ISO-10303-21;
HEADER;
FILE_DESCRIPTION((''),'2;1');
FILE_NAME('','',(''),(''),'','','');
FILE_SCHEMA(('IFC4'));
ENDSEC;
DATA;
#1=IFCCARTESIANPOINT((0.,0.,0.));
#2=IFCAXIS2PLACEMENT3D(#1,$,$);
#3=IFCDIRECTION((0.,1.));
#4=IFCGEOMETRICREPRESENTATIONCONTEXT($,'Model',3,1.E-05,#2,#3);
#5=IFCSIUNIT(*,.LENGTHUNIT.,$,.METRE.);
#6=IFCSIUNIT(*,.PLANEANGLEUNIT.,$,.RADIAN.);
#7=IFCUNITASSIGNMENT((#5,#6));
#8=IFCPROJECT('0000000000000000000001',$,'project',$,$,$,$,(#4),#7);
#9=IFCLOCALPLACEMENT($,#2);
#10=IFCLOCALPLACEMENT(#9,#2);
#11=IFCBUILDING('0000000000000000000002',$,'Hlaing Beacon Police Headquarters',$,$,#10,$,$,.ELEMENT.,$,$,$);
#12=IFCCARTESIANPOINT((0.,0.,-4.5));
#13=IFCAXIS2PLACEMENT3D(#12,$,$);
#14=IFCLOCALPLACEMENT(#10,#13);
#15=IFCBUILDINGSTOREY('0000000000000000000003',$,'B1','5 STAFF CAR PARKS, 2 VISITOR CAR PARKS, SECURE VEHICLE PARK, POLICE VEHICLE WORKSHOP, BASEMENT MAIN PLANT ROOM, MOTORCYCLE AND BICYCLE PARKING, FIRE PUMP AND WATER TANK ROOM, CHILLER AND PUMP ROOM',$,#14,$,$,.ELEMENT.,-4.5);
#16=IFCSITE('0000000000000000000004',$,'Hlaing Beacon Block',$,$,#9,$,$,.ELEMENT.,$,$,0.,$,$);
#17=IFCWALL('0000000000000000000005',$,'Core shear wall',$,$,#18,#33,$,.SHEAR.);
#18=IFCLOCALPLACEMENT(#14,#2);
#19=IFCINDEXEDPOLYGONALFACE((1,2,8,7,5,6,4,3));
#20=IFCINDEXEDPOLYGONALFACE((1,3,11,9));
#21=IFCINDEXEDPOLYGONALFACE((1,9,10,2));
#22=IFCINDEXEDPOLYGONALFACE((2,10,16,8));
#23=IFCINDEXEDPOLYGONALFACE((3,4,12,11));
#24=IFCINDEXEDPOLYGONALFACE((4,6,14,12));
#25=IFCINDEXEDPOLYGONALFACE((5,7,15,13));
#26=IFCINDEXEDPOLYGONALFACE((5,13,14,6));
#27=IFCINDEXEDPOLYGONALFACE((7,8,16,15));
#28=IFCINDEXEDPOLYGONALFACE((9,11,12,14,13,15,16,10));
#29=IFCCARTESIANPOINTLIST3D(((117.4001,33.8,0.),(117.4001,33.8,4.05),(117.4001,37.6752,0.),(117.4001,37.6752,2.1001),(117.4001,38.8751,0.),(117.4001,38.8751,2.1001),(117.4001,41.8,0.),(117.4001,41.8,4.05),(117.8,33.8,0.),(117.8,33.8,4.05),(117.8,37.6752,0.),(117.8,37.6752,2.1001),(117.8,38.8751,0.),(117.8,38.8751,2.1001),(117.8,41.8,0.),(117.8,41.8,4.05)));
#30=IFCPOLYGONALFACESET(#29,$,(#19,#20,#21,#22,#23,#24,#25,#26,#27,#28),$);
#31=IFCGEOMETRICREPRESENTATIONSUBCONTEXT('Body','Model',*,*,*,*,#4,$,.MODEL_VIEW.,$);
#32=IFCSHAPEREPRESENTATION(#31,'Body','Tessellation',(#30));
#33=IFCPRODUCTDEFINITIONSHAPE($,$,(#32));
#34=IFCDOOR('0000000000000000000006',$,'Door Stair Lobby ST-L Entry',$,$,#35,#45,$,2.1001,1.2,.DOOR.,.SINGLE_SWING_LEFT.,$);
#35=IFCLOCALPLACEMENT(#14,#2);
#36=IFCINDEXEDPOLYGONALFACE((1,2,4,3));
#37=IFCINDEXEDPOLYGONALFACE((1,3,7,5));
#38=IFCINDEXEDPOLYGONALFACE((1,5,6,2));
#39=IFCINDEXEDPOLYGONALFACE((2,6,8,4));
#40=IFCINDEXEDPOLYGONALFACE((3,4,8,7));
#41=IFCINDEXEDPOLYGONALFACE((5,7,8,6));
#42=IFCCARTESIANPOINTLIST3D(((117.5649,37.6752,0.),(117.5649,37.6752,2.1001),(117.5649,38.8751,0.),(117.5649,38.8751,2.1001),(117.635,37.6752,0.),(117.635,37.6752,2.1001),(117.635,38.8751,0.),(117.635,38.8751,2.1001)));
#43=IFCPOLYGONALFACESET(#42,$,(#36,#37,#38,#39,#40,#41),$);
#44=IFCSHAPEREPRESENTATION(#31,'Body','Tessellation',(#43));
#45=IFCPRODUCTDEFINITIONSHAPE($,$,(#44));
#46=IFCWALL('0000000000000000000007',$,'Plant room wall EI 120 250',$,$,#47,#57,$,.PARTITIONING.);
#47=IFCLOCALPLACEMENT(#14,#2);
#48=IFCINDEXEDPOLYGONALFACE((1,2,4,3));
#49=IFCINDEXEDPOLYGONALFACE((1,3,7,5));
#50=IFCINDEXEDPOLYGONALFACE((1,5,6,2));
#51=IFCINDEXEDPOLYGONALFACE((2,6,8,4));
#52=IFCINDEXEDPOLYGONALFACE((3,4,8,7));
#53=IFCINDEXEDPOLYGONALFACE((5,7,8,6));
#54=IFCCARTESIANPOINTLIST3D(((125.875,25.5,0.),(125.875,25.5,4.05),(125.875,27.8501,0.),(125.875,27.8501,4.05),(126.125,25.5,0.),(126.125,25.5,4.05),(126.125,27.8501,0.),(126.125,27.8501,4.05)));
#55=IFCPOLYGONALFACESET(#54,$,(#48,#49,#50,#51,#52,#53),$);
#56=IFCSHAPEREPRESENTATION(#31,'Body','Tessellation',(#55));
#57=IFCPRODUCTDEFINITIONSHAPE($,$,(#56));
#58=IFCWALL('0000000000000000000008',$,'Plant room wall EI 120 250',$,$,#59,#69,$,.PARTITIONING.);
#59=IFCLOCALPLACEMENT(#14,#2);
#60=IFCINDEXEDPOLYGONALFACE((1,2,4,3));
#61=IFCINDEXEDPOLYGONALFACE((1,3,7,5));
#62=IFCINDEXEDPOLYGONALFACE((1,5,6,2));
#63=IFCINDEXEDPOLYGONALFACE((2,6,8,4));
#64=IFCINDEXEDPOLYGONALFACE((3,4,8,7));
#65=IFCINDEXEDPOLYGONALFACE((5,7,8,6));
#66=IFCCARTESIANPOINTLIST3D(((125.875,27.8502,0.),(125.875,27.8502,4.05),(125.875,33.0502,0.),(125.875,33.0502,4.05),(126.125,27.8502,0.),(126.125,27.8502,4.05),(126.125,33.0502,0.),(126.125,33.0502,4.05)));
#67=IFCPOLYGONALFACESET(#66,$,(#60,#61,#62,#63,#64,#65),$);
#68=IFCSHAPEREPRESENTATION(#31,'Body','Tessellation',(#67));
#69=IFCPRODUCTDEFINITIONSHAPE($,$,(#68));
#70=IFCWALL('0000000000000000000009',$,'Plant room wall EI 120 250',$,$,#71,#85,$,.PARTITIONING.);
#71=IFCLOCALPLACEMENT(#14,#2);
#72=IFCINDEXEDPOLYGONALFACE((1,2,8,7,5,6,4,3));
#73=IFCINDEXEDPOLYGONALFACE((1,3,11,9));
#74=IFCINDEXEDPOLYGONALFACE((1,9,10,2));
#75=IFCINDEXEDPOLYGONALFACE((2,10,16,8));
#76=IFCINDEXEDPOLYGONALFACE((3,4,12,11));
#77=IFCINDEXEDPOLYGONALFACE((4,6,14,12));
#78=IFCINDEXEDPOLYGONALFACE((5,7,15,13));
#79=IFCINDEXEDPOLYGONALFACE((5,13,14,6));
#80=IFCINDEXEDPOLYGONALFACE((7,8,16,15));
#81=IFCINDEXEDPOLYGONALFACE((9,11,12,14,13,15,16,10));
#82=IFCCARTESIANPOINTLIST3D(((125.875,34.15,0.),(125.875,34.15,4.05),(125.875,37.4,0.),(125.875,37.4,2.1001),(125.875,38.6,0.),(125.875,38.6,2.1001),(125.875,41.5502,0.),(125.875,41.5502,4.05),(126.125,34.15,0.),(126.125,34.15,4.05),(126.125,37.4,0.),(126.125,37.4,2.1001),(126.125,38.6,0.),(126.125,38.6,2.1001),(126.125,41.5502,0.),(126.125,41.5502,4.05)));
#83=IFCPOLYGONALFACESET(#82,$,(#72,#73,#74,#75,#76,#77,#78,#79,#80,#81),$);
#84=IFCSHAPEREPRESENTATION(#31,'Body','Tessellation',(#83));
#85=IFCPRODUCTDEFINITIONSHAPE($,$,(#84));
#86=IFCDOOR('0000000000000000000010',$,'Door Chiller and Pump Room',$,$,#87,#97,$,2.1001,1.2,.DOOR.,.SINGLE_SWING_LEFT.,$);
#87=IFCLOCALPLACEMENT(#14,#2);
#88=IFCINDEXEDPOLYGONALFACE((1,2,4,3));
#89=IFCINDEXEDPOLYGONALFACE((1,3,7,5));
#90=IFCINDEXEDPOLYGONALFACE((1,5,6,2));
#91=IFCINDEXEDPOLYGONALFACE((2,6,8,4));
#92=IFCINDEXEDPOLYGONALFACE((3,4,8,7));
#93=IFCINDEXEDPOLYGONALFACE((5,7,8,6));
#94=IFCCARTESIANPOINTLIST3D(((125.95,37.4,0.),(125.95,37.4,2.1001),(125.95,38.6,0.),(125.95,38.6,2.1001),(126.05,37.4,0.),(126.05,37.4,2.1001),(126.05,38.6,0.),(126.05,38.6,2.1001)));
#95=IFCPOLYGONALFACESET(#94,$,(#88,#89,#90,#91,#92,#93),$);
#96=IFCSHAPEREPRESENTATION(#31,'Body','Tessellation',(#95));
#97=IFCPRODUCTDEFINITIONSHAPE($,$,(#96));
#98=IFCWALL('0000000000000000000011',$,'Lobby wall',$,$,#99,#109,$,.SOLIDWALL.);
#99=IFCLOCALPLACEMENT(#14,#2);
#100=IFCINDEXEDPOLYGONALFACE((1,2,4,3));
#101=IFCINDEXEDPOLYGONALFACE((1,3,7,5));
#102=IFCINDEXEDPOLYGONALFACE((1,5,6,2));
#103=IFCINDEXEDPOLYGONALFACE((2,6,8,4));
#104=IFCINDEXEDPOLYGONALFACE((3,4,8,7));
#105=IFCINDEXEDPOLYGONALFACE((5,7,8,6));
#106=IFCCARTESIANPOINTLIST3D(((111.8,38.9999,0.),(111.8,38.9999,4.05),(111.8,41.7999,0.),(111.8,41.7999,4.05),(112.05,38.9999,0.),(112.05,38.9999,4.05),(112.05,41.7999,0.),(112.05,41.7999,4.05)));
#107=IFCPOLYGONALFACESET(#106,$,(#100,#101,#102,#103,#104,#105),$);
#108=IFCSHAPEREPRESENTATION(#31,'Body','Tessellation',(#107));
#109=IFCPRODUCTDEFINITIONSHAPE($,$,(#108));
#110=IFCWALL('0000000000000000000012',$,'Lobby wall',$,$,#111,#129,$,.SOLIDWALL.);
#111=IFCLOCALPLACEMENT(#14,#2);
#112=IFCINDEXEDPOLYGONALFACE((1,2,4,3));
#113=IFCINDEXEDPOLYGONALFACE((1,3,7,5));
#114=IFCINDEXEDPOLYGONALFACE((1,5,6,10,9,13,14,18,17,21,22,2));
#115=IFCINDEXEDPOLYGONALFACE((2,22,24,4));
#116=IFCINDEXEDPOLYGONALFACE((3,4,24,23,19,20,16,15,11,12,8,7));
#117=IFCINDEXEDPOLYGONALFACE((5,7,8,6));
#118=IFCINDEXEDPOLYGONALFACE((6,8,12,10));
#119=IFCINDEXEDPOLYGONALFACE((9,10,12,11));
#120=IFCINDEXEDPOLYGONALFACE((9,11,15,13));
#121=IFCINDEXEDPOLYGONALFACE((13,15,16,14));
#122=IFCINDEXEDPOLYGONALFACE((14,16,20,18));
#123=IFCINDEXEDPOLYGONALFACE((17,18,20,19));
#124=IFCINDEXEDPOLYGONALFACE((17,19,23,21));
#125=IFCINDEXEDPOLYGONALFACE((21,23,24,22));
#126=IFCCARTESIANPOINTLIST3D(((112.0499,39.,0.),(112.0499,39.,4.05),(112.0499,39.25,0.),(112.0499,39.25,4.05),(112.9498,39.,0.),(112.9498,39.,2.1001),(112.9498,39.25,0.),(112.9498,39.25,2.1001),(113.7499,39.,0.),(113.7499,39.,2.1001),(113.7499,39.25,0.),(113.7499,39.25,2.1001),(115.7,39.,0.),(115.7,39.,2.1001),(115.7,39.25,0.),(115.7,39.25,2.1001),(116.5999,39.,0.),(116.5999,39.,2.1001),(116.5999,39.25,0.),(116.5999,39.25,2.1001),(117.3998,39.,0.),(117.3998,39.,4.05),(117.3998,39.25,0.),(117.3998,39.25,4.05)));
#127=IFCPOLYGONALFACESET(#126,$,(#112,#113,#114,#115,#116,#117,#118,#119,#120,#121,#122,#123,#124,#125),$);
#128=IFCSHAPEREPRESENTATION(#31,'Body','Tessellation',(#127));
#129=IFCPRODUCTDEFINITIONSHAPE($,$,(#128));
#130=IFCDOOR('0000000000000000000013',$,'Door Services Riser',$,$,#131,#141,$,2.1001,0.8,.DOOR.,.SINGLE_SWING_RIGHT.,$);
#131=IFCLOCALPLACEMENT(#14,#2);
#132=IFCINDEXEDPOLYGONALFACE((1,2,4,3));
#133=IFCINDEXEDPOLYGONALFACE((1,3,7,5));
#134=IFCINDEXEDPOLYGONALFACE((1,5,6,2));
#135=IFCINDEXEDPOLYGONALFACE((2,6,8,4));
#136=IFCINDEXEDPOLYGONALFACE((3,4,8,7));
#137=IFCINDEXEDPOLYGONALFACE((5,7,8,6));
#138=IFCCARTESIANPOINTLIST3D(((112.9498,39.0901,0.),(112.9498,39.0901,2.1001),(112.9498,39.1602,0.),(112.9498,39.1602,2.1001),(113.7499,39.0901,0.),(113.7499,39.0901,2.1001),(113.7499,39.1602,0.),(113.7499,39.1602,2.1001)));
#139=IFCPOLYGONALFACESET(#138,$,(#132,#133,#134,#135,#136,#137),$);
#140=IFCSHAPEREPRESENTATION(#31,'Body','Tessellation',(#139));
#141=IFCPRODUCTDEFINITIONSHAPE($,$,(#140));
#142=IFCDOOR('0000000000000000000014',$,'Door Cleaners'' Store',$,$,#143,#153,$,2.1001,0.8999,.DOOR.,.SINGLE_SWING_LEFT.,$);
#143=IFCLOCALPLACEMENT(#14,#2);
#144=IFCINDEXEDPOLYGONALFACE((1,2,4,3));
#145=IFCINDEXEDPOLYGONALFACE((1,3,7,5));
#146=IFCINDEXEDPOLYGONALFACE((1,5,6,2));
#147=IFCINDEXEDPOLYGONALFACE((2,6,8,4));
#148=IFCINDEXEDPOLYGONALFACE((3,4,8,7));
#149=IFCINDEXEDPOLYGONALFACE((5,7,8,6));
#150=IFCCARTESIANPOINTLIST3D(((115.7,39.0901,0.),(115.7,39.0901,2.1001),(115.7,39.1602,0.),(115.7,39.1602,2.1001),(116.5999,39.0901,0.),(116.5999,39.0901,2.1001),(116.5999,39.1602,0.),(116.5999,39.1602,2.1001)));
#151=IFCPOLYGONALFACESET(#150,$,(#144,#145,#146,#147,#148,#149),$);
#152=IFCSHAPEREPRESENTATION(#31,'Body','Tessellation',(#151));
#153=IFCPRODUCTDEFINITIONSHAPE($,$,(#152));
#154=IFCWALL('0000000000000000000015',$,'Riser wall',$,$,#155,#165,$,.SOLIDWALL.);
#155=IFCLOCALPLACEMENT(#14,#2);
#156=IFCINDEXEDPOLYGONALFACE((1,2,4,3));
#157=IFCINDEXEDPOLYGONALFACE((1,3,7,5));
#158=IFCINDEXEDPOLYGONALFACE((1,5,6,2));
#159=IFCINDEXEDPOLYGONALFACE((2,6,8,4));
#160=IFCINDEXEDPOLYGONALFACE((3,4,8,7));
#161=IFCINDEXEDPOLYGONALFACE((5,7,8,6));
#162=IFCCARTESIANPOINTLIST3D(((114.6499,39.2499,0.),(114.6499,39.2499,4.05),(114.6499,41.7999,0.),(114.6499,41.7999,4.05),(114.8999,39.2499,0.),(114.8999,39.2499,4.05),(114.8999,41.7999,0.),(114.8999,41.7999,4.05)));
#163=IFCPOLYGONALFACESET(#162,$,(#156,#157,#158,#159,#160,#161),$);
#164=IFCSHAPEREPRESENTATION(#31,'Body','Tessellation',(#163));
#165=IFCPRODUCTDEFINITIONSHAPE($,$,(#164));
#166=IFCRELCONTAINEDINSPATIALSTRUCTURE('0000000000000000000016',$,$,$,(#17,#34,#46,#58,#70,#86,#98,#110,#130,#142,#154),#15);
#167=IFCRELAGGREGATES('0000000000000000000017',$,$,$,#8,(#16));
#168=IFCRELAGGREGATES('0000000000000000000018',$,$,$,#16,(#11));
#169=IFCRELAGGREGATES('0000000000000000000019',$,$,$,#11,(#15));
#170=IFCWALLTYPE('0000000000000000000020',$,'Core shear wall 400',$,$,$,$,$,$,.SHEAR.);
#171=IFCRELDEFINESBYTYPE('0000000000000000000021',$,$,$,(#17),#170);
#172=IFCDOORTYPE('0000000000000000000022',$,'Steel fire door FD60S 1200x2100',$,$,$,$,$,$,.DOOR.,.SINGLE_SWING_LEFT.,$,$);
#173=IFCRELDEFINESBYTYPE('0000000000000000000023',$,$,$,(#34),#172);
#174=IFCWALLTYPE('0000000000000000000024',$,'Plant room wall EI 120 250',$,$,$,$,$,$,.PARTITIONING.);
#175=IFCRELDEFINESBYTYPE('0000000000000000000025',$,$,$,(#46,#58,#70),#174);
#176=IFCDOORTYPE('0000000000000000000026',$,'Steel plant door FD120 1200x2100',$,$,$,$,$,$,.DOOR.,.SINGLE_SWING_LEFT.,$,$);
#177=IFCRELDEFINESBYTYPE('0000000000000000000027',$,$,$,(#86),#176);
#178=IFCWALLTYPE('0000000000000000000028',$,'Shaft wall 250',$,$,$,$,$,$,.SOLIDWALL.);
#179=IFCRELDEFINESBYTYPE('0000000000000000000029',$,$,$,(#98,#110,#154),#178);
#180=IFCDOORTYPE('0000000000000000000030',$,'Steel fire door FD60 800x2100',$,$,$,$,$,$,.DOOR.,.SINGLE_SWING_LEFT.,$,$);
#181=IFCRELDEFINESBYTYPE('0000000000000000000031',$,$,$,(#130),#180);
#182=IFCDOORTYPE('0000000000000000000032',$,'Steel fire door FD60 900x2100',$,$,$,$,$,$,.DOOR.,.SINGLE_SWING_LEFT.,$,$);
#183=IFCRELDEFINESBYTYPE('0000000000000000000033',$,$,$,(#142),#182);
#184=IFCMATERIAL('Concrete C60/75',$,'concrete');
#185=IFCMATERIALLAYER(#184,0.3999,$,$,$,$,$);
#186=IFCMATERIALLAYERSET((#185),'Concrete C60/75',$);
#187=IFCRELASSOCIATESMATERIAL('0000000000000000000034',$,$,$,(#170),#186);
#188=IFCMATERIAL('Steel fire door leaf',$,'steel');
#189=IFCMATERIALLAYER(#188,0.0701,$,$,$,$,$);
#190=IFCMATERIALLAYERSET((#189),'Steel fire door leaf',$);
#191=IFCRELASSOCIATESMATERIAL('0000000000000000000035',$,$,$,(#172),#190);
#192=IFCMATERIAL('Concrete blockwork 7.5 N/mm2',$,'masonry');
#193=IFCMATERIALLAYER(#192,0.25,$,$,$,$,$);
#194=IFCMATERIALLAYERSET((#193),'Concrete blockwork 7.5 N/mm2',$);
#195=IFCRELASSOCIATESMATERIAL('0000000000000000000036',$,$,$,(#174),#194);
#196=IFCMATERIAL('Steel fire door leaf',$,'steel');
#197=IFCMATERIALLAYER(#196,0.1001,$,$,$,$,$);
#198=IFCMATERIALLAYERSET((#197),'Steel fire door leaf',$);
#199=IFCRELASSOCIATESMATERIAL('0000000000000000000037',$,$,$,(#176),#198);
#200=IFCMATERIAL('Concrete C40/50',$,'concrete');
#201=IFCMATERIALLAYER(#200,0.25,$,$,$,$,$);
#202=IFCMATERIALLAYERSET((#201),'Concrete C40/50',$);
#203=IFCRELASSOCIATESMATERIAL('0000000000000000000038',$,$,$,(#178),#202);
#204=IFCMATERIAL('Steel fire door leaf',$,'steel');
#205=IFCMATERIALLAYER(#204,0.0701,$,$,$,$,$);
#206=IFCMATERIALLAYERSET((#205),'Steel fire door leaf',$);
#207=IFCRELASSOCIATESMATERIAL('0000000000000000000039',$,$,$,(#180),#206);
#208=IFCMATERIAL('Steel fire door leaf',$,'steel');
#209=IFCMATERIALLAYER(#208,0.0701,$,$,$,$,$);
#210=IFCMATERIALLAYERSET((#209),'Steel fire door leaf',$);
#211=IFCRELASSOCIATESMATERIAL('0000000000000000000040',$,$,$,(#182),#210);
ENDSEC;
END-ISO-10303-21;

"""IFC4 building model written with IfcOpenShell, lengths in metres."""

from ifc_helpers import new_model, si_unit, direction, frame, frame_2d, origin, place, context, subcontext, project, spatial, rectangle, extrude, material, layer, layer_set, type_object, element, fill, save


model = new_model("IFC4")

# Units and contexts
model_context = context("Model", 3, precision=1e-05, world=origin(), true_north=direction((0.0, 1.0)))
body_context = subcontext(model_context, "Body", "Model", "MODEL_VIEW")
ifc_project = project(units=[si_unit("LENGTHUNIT", "METRE"), si_unit("PLANEANGLEUNIT", "RADIAN")], contexts=[model_context])

# Site, building, storey
site_placement = place(None, origin())
site = spatial("IfcSite", under=ifc_project, at=site_placement, Name="Hlaing Beacon Block", CompositionType="ELEMENT", RefElevation=0.0)
building_placement = place(site_placement, origin())
building = spatial("IfcBuilding", under=site, at=building_placement, Name="Hlaing Beacon Police Headquarters", CompositionType="ELEMENT")
storey_placement = place(building_placement, frame((0.0, 0.0, -4.5)))
storey = spatial("IfcBuildingStorey", under=building, at=storey_placement, Name="B1", Description="5 STAFF CAR PARKS, 2 VISITOR CAR PARKS, SECURE VEHICLE PARK, POLICE VEHICLE WORKSHOP, BASEMENT MAIN PLANT ROOM, MOTORCYCLE AND BICYCLE PARKING, FIRE PUMP AND WATER TANK ROOM, CHILLER AND PUMP ROOM", CompositionType="ELEMENT", Elevation=-4.5)

# Wall, opening, door
ifc_material_1 = material(Name="Concrete C60/75", Category="concrete")
ifc_layer_1 = layer(ifc_material_1, 0.3999)
ifc_layer_set_1 = layer_set([ifc_layer_1], Name="Concrete C60/75")
wall_type_1 = type_object("IfcWallType", Name="Core shear wall 400", PredefinedType="SHEAR", material=ifc_layer_set_1)
wall_1_placement = place(storey_placement, frame((117.6001, 33.8, 0.0), z_axis=(0.0, 0.0, 1.0), x_axis=(0.0, 1.0, 0.0)))
wall_1 = element("IfcWall", 1, at=wall_1_placement, inside=storey, type_object=wall_type_1, Name="Core shear wall", PredefinedType="SHEAR", context=body_context, shape_type="SweptSolid", body=[
    extrude(rectangle(XDim=8.0, YDim=0.3999, at=frame_2d((4.0, 0.0))), origin(), (0.0, 0.0, 1.0), 4.05),
])
opening_1_placement = place(wall_1_placement, frame((3.875, 0.0, 0.0)))
opening_1 = element("IfcOpeningElement", 2, at=opening_1_placement, cuts=wall_1, PredefinedType="OPENING", context=body_context, shape_type="SweptSolid", body=[
    extrude(rectangle(XDim=1.2, YDim=2.1001, at=frame_2d((0.6001, 1.05))), frame((0.0, 0.21, 0.0), z_axis=(0.0, -1.0, 0.0), x_axis=(1.0, 0.0, 0.0)), (0.0, 0.0, 1.0), 0.4199),
])
ifc_material_2 = material(Name="Steel fire door leaf", Category="steel")
ifc_layer_2 = layer(ifc_material_2, 0.0701)
ifc_layer_set_2 = layer_set([ifc_layer_2], Name="Steel fire door leaf")
door_type_1 = type_object("IfcDoorType", Name="Steel fire door FD60S 1200x2100", OperationType="SINGLE_SWING_LEFT", PredefinedType="DOOR", material=ifc_layer_set_2)
door_1_placement = place(opening_1_placement, origin())
door_1 = element("IfcDoor", 3, at=door_1_placement, inside=storey, type_object=door_type_1, Name="Door Stair Lobby ST-L Entry", OperationType="SINGLE_SWING_LEFT", OverallHeight=2.1001, OverallWidth=1.2, PredefinedType="DOOR", context=body_context, shape_type="SweptSolid", body=[
    extrude(rectangle(XDim=1.2, YDim=2.1001, at=frame_2d((0.6001, 1.05))), frame((0.0, 0.0352, 0.0), z_axis=(0.0, -1.0, 0.0), x_axis=(1.0, 0.0, 0.0)), (0.0, 0.0, 1.0), 0.0701),
])
fill(opening_1, door_1)

# Walls
ifc_material_3 = material(Name="Concrete blockwork 7.5 N/mm2", Category="masonry")
ifc_layer_3 = layer(ifc_material_3, 0.25)
ifc_layer_set_3 = layer_set([ifc_layer_3], Name="Concrete blockwork 7.5 N/mm2")
wall_type_2 = type_object("IfcWallType", Name="Plant room wall EI 120 250", PredefinedType="PARTITIONING", material=ifc_layer_set_3)
wall_2_placement = place(storey_placement, frame((126.0, 25.5, 0.0), z_axis=(0.0, 0.0, 1.0), x_axis=(0.0, 1.0, 0.0)))
element("IfcWall", 4, at=wall_2_placement, inside=storey, type_object=wall_type_2, Name="Plant room wall EI 120 250", PredefinedType="PARTITIONING", context=body_context, shape_type="SweptSolid", body=[
    extrude(rectangle(XDim=2.3501, YDim=0.25, at=frame_2d((1.175, 0.0))), origin(), (0.0, 0.0, 1.0), 4.05),
])
wall_3_placement = place(storey_placement, frame((126.0, 27.8501, 0.0), z_axis=(0.0, 0.0, 1.0), x_axis=(0.0, 1.0, 0.0)))
element("IfcWall", 5, at=wall_3_placement, inside=storey, type_object=wall_type_2, Name="Plant room wall EI 120 250", PredefinedType="PARTITIONING", context=body_context, shape_type="SweptSolid", body=[
    extrude(rectangle(XDim=5.2, YDim=0.25, at=frame_2d((2.6001, 0.0))), origin(), (0.0, 0.0, 1.0), 4.05),
])

# Wall, opening, door
wall_4_placement = place(storey_placement, frame((126.0, 34.1499, 0.0), z_axis=(0.0, 0.0, 1.0), x_axis=(0.0, 1.0, 0.0)))
wall_4 = element("IfcWall", 6, at=wall_4_placement, inside=storey, type_object=wall_type_2, Name="Plant room wall EI 120 250", PredefinedType="PARTITIONING", context=body_context, shape_type="SweptSolid", body=[
    extrude(rectangle(XDim=7.4001, YDim=0.25, at=frame_2d((3.7002, 0.0))), origin(), (0.0, 0.0, 1.0), 4.05),
])
opening_2_placement = place(wall_4_placement, frame((3.25, 0.0, 0.0)))
opening_2 = element("IfcOpeningElement", 7, at=opening_2_placement, cuts=wall_4, PredefinedType="OPENING", context=body_context, shape_type="SweptSolid", body=[
    extrude(rectangle(XDim=1.2, YDim=2.1001, at=frame_2d((0.6001, 1.05))), frame((0.0, 0.135, 0.0), z_axis=(0.0, -1.0, 0.0), x_axis=(1.0, 0.0, 0.0)), (0.0, 0.0, 1.0), 0.27),
])
ifc_material_4 = material(Name="Steel fire door leaf", Category="steel")
ifc_layer_4 = layer(ifc_material_4, 0.1001)
ifc_layer_set_4 = layer_set([ifc_layer_4], Name="Steel fire door leaf")
door_type_2 = type_object("IfcDoorType", Name="Steel plant door FD120 1200x2100", OperationType="SINGLE_SWING_LEFT", PredefinedType="DOOR", material=ifc_layer_set_4)
door_2_placement = place(opening_2_placement, frame((1.2, 0.0, 0.0), z_axis=(0.0, 0.0, 1.0), x_axis=(-1.0, 0.0, 0.0)))
door_2 = element("IfcDoor", 8, at=door_2_placement, inside=storey, type_object=door_type_2, Name="Door Chiller and Pump Room", OperationType="SINGLE_SWING_LEFT", OverallHeight=2.1001, OverallWidth=1.2, PredefinedType="DOOR", context=body_context, shape_type="SweptSolid", body=[
    extrude(rectangle(XDim=1.2, YDim=2.1001, at=frame_2d((0.5999, 1.05))), frame((0.0, 0.05, 0.0), z_axis=(0.0, -1.0, 0.0), x_axis=(1.0, 0.0, 0.0)), (0.0, 0.0, 1.0), 0.1001),
])
fill(opening_2, door_2)

# Wall
ifc_material_5 = material(Name="Concrete C40/50", Category="concrete")
ifc_layer_5 = layer(ifc_material_5, 0.25)
ifc_layer_set_5 = layer_set([ifc_layer_5], Name="Concrete C40/50")
wall_type_3 = type_object("IfcWallType", Name="Shaft wall 250", PredefinedType="SOLIDWALL", material=ifc_layer_set_5)
wall_5_placement = place(storey_placement, frame((111.925, 39.0, 0.0), z_axis=(0.0, 0.0, 1.0), x_axis=(0.0, 1.0, 0.0)))
element("IfcWall", 9, at=wall_5_placement, inside=storey, type_object=wall_type_3, Name="Lobby wall", PredefinedType="SOLIDWALL", context=body_context, shape_type="SweptSolid", body=[
    extrude(rectangle(XDim=2.8, YDim=0.25, at=frame_2d((1.3999, 0.0))), origin(), (0.0, 0.0, 1.0), 4.05),
])

# Wall, openings, doors
wall_6_placement = place(storey_placement, frame((112.05, 39.125, 0.0), z_axis=(0.0, 0.0, 1.0), x_axis=(1.0, 0.0, 0.0)))
wall_6 = element("IfcWall", 10, at=wall_6_placement, inside=storey, type_object=wall_type_3, Name="Lobby wall", PredefinedType="SOLIDWALL", context=body_context, shape_type="SweptSolid", body=[
    extrude(rectangle(XDim=5.3499, YDim=0.25, at=frame_2d((2.6748, 0.0))), origin(), (0.0, 0.0, 1.0), 4.05),
])
opening_3_placement = place(wall_6_placement, frame((3.6499, 0.0, 0.0)))
opening_3 = element("IfcOpeningElement", 11, at=opening_3_placement, cuts=wall_6, PredefinedType="OPENING", context=body_context, shape_type="SweptSolid", body=[
    extrude(rectangle(XDim=0.8999, YDim=2.1001, at=frame_2d((0.45, 1.05))), frame((0.0, 0.135, 0.0), z_axis=(0.0, -1.0, 0.0), x_axis=(1.0, 0.0, 0.0)), (0.0, 0.0, 1.0), 0.27),
])
opening_4_placement = place(wall_6_placement, frame((0.8999, 0.0, 0.0)))
opening_4 = element("IfcOpeningElement", 12, at=opening_4_placement, cuts=wall_6, PredefinedType="OPENING", context=body_context, shape_type="SweptSolid", body=[
    extrude(rectangle(XDim=0.8, YDim=2.1001, at=frame_2d((0.3999, 1.05))), frame((0.0, 0.135, 0.0), z_axis=(0.0, -1.0, 0.0), x_axis=(1.0, 0.0, 0.0)), (0.0, 0.0, 1.0), 0.27),
])
ifc_material_6 = material(Name="Steel fire door leaf", Category="steel")
ifc_layer_6 = layer(ifc_material_6, 0.0701)
ifc_layer_set_6 = layer_set([ifc_layer_6], Name="Steel fire door leaf")
door_type_3 = type_object("IfcDoorType", Name="Steel fire door FD60 800x2100", OperationType="SINGLE_SWING_LEFT", PredefinedType="DOOR", material=ifc_layer_set_6)
door_3_placement = place(opening_4_placement, origin())
door_3 = element("IfcDoor", 13, at=door_3_placement, inside=storey, type_object=door_type_3, Name="Door Services Riser", OperationType="SINGLE_SWING_RIGHT", OverallHeight=2.1001, OverallWidth=0.8, PredefinedType="DOOR", context=body_context, shape_type="SweptSolid", body=[
    extrude(rectangle(XDim=0.8, YDim=2.1001, at=frame_2d((0.3999, 1.05))), frame((0.0, 0.0352, 0.0), z_axis=(0.0, -1.0, 0.0), x_axis=(1.0, 0.0, 0.0)), (0.0, 0.0, 1.0), 0.0701),
])
fill(opening_4, door_3)
ifc_material_7 = material(Name="Steel fire door leaf", Category="steel")
ifc_layer_7 = layer(ifc_material_7, 0.0701)
ifc_layer_set_7 = layer_set([ifc_layer_7], Name="Steel fire door leaf")
door_type_4 = type_object("IfcDoorType", Name="Steel fire door FD60 900x2100", OperationType="SINGLE_SWING_LEFT", PredefinedType="DOOR", material=ifc_layer_set_7)
door_4_placement = place(opening_3_placement, origin())
door_4 = element("IfcDoor", 14, at=door_4_placement, inside=storey, type_object=door_type_4, Name="Door Cleaners' Store", OperationType="SINGLE_SWING_LEFT", OverallHeight=2.1001, OverallWidth=0.8999, PredefinedType="DOOR", context=body_context, shape_type="SweptSolid", body=[
    extrude(rectangle(XDim=0.8999, YDim=2.1001, at=frame_2d((0.45, 1.05))), frame((0.0, 0.0352, 0.0), z_axis=(0.0, -1.0, 0.0), x_axis=(1.0, 0.0, 0.0)), (0.0, 0.0, 1.0), 0.0701),
])
fill(opening_3, door_4)

# Wall
wall_7_placement = place(storey_placement, frame((114.7749, 39.25, 0.0), z_axis=(0.0, 0.0, 1.0), x_axis=(0.0, 1.0, 0.0)))
element("IfcWall", 15, at=wall_7_placement, inside=storey, type_object=wall_type_3, Name="Riser wall", PredefinedType="SOLIDWALL", context=body_context, shape_type="SweptSolid", body=[
    extrude(rectangle(XDim=2.55, YDim=0.25, at=frame_2d((1.2749, 0.0))), origin(), (0.0, 0.0, 1.0), 4.05),
])

save(model, "model.ifc")
